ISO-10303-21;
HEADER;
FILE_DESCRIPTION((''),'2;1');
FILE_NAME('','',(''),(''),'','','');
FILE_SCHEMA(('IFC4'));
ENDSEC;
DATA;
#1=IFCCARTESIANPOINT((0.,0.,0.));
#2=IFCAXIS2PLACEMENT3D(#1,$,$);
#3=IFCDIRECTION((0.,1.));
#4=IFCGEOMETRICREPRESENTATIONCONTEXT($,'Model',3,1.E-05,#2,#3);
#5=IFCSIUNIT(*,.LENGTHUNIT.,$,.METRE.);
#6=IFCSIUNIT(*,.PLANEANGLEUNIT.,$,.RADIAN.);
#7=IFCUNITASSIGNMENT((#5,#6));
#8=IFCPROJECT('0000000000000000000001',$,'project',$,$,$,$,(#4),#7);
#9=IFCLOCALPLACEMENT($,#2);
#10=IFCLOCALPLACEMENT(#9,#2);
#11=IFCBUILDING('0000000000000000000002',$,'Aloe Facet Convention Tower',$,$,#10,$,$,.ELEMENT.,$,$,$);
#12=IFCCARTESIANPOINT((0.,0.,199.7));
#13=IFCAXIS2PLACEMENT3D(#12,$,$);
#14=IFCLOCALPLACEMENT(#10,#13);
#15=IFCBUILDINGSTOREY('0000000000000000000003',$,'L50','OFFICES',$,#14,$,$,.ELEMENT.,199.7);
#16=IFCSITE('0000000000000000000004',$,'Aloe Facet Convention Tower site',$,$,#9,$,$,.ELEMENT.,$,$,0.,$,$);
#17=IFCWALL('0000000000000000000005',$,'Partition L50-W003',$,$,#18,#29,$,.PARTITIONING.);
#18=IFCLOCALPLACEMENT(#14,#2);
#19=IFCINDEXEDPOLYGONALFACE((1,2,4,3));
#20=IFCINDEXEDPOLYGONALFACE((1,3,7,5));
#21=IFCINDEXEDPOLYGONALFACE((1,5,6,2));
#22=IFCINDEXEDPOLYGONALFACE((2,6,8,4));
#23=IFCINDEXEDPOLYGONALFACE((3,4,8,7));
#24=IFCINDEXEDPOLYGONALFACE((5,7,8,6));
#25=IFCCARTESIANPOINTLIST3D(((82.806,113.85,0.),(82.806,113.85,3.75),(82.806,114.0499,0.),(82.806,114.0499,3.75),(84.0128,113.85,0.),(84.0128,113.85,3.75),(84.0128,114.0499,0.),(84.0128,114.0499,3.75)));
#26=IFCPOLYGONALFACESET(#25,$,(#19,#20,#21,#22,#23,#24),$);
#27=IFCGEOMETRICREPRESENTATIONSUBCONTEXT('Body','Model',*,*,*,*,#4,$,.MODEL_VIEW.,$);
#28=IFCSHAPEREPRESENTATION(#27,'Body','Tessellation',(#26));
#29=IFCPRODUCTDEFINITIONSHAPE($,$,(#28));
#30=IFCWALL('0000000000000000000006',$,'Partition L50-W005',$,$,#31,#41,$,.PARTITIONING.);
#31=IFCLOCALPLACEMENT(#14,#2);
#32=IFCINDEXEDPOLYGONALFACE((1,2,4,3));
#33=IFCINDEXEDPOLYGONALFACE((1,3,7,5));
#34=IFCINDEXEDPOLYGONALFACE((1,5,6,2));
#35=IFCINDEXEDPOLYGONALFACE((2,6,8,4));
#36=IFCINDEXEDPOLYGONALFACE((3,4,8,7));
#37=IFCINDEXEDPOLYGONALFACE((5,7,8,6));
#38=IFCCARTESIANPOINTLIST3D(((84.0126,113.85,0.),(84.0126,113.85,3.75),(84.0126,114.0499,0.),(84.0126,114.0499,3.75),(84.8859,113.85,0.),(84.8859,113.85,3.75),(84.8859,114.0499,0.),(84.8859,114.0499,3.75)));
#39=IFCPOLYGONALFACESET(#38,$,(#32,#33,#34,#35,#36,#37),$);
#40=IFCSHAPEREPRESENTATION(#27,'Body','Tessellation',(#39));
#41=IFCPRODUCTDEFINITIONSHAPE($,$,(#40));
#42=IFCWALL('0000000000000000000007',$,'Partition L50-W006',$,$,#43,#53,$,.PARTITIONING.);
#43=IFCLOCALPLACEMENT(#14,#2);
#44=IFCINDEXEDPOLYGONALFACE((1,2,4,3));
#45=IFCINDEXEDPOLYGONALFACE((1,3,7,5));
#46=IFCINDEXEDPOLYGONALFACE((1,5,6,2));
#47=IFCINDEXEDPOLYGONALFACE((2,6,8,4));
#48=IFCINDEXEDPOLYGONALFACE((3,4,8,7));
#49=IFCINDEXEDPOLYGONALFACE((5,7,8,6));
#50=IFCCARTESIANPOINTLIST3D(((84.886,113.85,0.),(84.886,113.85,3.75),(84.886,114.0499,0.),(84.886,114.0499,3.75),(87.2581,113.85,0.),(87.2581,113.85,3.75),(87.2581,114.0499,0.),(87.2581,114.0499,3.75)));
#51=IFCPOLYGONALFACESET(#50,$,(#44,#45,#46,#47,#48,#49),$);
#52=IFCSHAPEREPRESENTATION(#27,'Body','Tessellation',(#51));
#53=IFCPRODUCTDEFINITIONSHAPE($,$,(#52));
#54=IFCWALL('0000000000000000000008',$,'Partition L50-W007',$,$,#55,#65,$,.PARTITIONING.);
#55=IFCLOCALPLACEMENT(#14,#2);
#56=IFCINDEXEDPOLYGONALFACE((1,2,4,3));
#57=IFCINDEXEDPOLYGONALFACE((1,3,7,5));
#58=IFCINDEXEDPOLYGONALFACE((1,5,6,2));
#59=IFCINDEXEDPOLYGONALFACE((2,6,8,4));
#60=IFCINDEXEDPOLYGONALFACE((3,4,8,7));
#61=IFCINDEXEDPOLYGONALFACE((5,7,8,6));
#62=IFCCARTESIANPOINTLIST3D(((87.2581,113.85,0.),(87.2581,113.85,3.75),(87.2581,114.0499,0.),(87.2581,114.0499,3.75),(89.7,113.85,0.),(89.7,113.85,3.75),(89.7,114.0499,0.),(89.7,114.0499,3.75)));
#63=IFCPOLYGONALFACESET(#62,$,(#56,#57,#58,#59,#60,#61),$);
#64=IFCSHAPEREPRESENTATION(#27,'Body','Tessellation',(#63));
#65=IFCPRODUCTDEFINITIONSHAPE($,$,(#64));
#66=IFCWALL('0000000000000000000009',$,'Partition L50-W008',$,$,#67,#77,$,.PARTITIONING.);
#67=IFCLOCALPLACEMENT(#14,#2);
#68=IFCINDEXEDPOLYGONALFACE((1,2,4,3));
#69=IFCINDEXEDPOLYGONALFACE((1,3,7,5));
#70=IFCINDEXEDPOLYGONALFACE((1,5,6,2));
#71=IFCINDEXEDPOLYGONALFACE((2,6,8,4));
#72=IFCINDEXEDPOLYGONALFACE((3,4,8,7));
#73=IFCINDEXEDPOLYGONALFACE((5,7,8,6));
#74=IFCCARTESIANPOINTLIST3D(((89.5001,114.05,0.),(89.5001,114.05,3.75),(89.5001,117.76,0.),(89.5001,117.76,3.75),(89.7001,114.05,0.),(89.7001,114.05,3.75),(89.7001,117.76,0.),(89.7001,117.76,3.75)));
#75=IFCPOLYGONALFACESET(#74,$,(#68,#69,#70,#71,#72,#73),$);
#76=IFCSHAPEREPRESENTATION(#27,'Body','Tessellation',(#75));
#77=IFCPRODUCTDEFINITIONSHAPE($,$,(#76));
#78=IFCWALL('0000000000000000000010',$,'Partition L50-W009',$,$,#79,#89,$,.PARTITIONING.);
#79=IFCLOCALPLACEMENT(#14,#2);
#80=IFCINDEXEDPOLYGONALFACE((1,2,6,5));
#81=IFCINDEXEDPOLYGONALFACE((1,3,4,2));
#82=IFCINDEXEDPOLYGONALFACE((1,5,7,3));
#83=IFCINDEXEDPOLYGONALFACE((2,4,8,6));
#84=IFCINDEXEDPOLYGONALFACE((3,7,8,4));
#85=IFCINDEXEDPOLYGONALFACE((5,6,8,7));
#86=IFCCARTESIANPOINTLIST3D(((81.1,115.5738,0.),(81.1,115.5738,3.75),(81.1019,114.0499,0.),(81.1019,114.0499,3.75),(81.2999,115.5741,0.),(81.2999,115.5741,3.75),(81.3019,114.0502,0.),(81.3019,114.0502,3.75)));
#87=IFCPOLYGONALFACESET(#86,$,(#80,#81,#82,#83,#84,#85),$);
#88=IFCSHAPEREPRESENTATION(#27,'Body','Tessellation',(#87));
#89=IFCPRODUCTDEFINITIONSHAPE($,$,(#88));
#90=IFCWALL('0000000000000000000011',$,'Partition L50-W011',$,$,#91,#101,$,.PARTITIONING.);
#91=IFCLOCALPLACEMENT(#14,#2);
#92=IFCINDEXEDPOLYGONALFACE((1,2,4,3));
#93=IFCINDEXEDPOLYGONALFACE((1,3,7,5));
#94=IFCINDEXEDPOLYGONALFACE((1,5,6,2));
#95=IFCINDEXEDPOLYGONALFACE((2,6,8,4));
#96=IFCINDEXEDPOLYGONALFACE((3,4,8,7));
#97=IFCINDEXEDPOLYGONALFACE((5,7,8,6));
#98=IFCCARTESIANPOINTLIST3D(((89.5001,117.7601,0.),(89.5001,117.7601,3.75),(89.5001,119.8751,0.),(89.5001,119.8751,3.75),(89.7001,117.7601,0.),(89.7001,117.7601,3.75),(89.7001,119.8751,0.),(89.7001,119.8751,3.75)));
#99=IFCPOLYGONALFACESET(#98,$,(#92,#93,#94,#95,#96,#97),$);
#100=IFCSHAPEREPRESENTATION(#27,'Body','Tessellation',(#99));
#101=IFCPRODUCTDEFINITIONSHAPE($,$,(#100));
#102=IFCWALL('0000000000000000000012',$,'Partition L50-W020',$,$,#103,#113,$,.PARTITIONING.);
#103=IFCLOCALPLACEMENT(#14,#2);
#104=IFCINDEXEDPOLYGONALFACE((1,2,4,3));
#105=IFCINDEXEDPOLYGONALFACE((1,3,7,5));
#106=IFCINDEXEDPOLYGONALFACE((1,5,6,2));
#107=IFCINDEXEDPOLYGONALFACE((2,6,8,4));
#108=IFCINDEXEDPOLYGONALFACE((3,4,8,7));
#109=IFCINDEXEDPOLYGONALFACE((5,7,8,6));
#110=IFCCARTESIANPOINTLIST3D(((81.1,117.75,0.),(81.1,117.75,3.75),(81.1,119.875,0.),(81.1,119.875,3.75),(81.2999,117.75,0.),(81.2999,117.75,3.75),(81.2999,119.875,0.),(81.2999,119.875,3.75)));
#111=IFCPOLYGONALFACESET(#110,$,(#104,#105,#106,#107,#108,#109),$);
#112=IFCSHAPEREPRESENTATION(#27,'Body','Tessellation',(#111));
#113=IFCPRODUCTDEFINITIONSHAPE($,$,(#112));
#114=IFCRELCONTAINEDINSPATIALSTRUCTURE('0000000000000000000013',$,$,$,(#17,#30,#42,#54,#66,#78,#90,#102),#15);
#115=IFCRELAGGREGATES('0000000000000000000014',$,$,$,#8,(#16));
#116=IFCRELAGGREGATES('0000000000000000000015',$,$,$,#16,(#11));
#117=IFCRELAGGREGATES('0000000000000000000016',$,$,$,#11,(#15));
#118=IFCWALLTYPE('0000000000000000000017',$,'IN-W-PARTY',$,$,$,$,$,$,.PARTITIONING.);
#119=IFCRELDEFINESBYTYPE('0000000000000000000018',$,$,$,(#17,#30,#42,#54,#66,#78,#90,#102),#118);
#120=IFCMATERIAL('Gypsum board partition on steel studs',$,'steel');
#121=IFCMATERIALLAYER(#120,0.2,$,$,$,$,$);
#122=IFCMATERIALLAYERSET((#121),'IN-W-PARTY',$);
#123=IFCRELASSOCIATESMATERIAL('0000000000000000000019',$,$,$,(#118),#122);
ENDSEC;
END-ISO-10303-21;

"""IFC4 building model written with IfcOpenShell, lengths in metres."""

from ifc_helpers import new_model, si_unit, direction, frame, frame_2d, origin, place, context, subcontext, project, spatial, rectangle, extrude, material, layer, layer_set, type_object, element, save


model = new_model("IFC4")

# Units and contexts
model_context = context("Model", 3, precision=1e-05, world=origin(), true_north=direction((0.0, 1.0)))
body_context = subcontext(model_context, "Body", "Model", "MODEL_VIEW")
ifc_project = project(units=[si_unit("LENGTHUNIT", "METRE"), si_unit("PLANEANGLEUNIT", "RADIAN")], contexts=[model_context])

# Site, building, storey
site_placement = place(None, origin())
site = spatial("IfcSite", under=ifc_project, at=site_placement, Name="Aloe Facet Convention Tower site", CompositionType="ELEMENT", RefElevation=0.0)
building_placement = place(site_placement, origin())
building = spatial("IfcBuilding", under=site, at=building_placement, Name="Aloe Facet Convention Tower", CompositionType="ELEMENT")
storey_placement = place(building_placement, frame((0.0, 0.0, 199.7)))
storey = spatial("IfcBuildingStorey", under=building, at=storey_placement, Name="L50", Description="OFFICES", CompositionType="ELEMENT", Elevation=199.7)

# Walls
ifc_material_1 = material(Name="Gypsum board partition on steel studs", Category="steel")
ifc_layer_1 = layer(ifc_material_1, 0.2)
ifc_layer_set_1 = layer_set([ifc_layer_1], Name="IN-W-PARTY")
wall_type_1 = type_object("IfcWallType", Name="IN-W-PARTY", PredefinedType="PARTITIONING", material=ifc_layer_set_1)
wall_1_placement = place(storey_placement, frame((82.8059, 113.95, 0.0), z_axis=(0.0, 0.0, 1.0), x_axis=(1.0, 0.0, 0.0)))
element("IfcWall", 1, at=wall_1_placement, inside=storey, type_object=wall_type_1, Name="Partition L50-W003", PredefinedType="PARTITIONING", context=body_context, shape_type="SweptSolid", body=[
    extrude(rectangle(XDim=1.2068, YDim=0.2, at=frame_2d((0.6035, 0.0))), origin(), (0.0, 0.0, 1.0), 3.75),
])
wall_2_placement = place(storey_placement, frame((84.0127, 113.95, 0.0), z_axis=(0.0, 0.0, 1.0), x_axis=(1.0, 0.0, 0.0)))
element("IfcWall", 2, at=wall_2_placement, inside=storey, type_object=wall_type_1, Name="Partition L50-W005", PredefinedType="PARTITIONING", context=body_context, shape_type="SweptSolid", body=[
    extrude(rectangle(XDim=0.8733, YDim=0.2, at=frame_2d((0.4365, 0.0))), origin(), (0.0, 0.0, 1.0), 3.75),
])
wall_3_placement = place(storey_placement, frame((84.886, 113.95, 0.0), z_axis=(0.0, 0.0, 1.0), x_axis=(1.0, 0.0, 0.0)))
element("IfcWall", 3, at=wall_3_placement, inside=storey, type_object=wall_type_1, Name="Partition L50-W006", PredefinedType="PARTITIONING", context=body_context, shape_type="SweptSolid", body=[
    extrude(rectangle(XDim=2.3721, YDim=0.2, at=frame_2d((1.186, 0.0))), origin(), (0.0, 0.0, 1.0), 3.75),
])
wall_4_placement = place(storey_placement, frame((87.2581, 113.95, 0.0), z_axis=(0.0, 0.0, 1.0), x_axis=(1.0, 0.0, 0.0)))
element("IfcWall", 4, at=wall_4_placement, inside=storey, type_object=wall_type_1, Name="Partition L50-W007", PredefinedType="PARTITIONING", context=body_context, shape_type="SweptSolid", body=[
    extrude(rectangle(XDim=2.4419, YDim=0.2, at=frame_2d((1.2209, 0.0))), origin(), (0.0, 0.0, 1.0), 3.75),
])
wall_5_placement = place(storey_placement, frame((89.6001, 114.05, 0.0), z_axis=(0.0, 0.0, 1.0), x_axis=(0.0, 1.0, 0.0)))
element("IfcWall", 5, at=wall_5_placement, inside=storey, type_object=wall_type_1, Name="Partition L50-W008", PredefinedType="PARTITIONING", context=body_context, shape_type="SweptSolid", body=[
    extrude(rectangle(XDim=3.71, YDim=0.2, at=frame_2d((1.855, 0.0))), origin(), (0.0, 0.0, 1.0), 3.75),
])
wall_6_placement = place(storey_placement, frame((81.2019, 114.05, 0.0), z_axis=(0.0, 0.0, 1.0), x_axis=(-0.001282, 0.999999, 0.0)))
element("IfcWall", 6, at=wall_6_placement, inside=storey, type_object=wall_type_1, Name="Partition L50-W009", PredefinedType="PARTITIONING", context=body_context, shape_type="SweptSolid", body=[
    extrude(rectangle(XDim=1.5239, YDim=0.2, at=frame_2d((0.762, 0.0))), origin(), (0.0, 0.0, 1.0), 3.75),
])
wall_7_placement = place(storey_placement, frame((89.6001, 117.76, 0.0), z_axis=(0.0, 0.0, 1.0), x_axis=(0.0, 1.0, 0.0)))
element("IfcWall", 7, at=wall_7_placement, inside=storey, type_object=wall_type_1, Name="Partition L50-W011", PredefinedType="PARTITIONING", context=body_context, shape_type="SweptSolid", body=[
    extrude(rectangle(XDim=2.115, YDim=0.2, at=frame_2d((1.0576, 0.0))), origin(), (0.0, 0.0, 1.0), 3.75),
])
wall_8_placement = place(storey_placement, frame((81.2, 117.75, 0.0), z_axis=(0.0, 0.0, 1.0), x_axis=(0.0, 1.0, 0.0)))
element("IfcWall", 8, at=wall_8_placement, inside=storey, type_object=wall_type_1, Name="Partition L50-W020", PredefinedType="PARTITIONING", context=body_context, shape_type="SweptSolid", body=[
    extrude(rectangle(XDim=2.125, YDim=0.2, at=frame_2d((1.0625, 0.0))), origin(), (0.0, 0.0, 1.0), 3.75),
])

save(model, "model.ifc")
